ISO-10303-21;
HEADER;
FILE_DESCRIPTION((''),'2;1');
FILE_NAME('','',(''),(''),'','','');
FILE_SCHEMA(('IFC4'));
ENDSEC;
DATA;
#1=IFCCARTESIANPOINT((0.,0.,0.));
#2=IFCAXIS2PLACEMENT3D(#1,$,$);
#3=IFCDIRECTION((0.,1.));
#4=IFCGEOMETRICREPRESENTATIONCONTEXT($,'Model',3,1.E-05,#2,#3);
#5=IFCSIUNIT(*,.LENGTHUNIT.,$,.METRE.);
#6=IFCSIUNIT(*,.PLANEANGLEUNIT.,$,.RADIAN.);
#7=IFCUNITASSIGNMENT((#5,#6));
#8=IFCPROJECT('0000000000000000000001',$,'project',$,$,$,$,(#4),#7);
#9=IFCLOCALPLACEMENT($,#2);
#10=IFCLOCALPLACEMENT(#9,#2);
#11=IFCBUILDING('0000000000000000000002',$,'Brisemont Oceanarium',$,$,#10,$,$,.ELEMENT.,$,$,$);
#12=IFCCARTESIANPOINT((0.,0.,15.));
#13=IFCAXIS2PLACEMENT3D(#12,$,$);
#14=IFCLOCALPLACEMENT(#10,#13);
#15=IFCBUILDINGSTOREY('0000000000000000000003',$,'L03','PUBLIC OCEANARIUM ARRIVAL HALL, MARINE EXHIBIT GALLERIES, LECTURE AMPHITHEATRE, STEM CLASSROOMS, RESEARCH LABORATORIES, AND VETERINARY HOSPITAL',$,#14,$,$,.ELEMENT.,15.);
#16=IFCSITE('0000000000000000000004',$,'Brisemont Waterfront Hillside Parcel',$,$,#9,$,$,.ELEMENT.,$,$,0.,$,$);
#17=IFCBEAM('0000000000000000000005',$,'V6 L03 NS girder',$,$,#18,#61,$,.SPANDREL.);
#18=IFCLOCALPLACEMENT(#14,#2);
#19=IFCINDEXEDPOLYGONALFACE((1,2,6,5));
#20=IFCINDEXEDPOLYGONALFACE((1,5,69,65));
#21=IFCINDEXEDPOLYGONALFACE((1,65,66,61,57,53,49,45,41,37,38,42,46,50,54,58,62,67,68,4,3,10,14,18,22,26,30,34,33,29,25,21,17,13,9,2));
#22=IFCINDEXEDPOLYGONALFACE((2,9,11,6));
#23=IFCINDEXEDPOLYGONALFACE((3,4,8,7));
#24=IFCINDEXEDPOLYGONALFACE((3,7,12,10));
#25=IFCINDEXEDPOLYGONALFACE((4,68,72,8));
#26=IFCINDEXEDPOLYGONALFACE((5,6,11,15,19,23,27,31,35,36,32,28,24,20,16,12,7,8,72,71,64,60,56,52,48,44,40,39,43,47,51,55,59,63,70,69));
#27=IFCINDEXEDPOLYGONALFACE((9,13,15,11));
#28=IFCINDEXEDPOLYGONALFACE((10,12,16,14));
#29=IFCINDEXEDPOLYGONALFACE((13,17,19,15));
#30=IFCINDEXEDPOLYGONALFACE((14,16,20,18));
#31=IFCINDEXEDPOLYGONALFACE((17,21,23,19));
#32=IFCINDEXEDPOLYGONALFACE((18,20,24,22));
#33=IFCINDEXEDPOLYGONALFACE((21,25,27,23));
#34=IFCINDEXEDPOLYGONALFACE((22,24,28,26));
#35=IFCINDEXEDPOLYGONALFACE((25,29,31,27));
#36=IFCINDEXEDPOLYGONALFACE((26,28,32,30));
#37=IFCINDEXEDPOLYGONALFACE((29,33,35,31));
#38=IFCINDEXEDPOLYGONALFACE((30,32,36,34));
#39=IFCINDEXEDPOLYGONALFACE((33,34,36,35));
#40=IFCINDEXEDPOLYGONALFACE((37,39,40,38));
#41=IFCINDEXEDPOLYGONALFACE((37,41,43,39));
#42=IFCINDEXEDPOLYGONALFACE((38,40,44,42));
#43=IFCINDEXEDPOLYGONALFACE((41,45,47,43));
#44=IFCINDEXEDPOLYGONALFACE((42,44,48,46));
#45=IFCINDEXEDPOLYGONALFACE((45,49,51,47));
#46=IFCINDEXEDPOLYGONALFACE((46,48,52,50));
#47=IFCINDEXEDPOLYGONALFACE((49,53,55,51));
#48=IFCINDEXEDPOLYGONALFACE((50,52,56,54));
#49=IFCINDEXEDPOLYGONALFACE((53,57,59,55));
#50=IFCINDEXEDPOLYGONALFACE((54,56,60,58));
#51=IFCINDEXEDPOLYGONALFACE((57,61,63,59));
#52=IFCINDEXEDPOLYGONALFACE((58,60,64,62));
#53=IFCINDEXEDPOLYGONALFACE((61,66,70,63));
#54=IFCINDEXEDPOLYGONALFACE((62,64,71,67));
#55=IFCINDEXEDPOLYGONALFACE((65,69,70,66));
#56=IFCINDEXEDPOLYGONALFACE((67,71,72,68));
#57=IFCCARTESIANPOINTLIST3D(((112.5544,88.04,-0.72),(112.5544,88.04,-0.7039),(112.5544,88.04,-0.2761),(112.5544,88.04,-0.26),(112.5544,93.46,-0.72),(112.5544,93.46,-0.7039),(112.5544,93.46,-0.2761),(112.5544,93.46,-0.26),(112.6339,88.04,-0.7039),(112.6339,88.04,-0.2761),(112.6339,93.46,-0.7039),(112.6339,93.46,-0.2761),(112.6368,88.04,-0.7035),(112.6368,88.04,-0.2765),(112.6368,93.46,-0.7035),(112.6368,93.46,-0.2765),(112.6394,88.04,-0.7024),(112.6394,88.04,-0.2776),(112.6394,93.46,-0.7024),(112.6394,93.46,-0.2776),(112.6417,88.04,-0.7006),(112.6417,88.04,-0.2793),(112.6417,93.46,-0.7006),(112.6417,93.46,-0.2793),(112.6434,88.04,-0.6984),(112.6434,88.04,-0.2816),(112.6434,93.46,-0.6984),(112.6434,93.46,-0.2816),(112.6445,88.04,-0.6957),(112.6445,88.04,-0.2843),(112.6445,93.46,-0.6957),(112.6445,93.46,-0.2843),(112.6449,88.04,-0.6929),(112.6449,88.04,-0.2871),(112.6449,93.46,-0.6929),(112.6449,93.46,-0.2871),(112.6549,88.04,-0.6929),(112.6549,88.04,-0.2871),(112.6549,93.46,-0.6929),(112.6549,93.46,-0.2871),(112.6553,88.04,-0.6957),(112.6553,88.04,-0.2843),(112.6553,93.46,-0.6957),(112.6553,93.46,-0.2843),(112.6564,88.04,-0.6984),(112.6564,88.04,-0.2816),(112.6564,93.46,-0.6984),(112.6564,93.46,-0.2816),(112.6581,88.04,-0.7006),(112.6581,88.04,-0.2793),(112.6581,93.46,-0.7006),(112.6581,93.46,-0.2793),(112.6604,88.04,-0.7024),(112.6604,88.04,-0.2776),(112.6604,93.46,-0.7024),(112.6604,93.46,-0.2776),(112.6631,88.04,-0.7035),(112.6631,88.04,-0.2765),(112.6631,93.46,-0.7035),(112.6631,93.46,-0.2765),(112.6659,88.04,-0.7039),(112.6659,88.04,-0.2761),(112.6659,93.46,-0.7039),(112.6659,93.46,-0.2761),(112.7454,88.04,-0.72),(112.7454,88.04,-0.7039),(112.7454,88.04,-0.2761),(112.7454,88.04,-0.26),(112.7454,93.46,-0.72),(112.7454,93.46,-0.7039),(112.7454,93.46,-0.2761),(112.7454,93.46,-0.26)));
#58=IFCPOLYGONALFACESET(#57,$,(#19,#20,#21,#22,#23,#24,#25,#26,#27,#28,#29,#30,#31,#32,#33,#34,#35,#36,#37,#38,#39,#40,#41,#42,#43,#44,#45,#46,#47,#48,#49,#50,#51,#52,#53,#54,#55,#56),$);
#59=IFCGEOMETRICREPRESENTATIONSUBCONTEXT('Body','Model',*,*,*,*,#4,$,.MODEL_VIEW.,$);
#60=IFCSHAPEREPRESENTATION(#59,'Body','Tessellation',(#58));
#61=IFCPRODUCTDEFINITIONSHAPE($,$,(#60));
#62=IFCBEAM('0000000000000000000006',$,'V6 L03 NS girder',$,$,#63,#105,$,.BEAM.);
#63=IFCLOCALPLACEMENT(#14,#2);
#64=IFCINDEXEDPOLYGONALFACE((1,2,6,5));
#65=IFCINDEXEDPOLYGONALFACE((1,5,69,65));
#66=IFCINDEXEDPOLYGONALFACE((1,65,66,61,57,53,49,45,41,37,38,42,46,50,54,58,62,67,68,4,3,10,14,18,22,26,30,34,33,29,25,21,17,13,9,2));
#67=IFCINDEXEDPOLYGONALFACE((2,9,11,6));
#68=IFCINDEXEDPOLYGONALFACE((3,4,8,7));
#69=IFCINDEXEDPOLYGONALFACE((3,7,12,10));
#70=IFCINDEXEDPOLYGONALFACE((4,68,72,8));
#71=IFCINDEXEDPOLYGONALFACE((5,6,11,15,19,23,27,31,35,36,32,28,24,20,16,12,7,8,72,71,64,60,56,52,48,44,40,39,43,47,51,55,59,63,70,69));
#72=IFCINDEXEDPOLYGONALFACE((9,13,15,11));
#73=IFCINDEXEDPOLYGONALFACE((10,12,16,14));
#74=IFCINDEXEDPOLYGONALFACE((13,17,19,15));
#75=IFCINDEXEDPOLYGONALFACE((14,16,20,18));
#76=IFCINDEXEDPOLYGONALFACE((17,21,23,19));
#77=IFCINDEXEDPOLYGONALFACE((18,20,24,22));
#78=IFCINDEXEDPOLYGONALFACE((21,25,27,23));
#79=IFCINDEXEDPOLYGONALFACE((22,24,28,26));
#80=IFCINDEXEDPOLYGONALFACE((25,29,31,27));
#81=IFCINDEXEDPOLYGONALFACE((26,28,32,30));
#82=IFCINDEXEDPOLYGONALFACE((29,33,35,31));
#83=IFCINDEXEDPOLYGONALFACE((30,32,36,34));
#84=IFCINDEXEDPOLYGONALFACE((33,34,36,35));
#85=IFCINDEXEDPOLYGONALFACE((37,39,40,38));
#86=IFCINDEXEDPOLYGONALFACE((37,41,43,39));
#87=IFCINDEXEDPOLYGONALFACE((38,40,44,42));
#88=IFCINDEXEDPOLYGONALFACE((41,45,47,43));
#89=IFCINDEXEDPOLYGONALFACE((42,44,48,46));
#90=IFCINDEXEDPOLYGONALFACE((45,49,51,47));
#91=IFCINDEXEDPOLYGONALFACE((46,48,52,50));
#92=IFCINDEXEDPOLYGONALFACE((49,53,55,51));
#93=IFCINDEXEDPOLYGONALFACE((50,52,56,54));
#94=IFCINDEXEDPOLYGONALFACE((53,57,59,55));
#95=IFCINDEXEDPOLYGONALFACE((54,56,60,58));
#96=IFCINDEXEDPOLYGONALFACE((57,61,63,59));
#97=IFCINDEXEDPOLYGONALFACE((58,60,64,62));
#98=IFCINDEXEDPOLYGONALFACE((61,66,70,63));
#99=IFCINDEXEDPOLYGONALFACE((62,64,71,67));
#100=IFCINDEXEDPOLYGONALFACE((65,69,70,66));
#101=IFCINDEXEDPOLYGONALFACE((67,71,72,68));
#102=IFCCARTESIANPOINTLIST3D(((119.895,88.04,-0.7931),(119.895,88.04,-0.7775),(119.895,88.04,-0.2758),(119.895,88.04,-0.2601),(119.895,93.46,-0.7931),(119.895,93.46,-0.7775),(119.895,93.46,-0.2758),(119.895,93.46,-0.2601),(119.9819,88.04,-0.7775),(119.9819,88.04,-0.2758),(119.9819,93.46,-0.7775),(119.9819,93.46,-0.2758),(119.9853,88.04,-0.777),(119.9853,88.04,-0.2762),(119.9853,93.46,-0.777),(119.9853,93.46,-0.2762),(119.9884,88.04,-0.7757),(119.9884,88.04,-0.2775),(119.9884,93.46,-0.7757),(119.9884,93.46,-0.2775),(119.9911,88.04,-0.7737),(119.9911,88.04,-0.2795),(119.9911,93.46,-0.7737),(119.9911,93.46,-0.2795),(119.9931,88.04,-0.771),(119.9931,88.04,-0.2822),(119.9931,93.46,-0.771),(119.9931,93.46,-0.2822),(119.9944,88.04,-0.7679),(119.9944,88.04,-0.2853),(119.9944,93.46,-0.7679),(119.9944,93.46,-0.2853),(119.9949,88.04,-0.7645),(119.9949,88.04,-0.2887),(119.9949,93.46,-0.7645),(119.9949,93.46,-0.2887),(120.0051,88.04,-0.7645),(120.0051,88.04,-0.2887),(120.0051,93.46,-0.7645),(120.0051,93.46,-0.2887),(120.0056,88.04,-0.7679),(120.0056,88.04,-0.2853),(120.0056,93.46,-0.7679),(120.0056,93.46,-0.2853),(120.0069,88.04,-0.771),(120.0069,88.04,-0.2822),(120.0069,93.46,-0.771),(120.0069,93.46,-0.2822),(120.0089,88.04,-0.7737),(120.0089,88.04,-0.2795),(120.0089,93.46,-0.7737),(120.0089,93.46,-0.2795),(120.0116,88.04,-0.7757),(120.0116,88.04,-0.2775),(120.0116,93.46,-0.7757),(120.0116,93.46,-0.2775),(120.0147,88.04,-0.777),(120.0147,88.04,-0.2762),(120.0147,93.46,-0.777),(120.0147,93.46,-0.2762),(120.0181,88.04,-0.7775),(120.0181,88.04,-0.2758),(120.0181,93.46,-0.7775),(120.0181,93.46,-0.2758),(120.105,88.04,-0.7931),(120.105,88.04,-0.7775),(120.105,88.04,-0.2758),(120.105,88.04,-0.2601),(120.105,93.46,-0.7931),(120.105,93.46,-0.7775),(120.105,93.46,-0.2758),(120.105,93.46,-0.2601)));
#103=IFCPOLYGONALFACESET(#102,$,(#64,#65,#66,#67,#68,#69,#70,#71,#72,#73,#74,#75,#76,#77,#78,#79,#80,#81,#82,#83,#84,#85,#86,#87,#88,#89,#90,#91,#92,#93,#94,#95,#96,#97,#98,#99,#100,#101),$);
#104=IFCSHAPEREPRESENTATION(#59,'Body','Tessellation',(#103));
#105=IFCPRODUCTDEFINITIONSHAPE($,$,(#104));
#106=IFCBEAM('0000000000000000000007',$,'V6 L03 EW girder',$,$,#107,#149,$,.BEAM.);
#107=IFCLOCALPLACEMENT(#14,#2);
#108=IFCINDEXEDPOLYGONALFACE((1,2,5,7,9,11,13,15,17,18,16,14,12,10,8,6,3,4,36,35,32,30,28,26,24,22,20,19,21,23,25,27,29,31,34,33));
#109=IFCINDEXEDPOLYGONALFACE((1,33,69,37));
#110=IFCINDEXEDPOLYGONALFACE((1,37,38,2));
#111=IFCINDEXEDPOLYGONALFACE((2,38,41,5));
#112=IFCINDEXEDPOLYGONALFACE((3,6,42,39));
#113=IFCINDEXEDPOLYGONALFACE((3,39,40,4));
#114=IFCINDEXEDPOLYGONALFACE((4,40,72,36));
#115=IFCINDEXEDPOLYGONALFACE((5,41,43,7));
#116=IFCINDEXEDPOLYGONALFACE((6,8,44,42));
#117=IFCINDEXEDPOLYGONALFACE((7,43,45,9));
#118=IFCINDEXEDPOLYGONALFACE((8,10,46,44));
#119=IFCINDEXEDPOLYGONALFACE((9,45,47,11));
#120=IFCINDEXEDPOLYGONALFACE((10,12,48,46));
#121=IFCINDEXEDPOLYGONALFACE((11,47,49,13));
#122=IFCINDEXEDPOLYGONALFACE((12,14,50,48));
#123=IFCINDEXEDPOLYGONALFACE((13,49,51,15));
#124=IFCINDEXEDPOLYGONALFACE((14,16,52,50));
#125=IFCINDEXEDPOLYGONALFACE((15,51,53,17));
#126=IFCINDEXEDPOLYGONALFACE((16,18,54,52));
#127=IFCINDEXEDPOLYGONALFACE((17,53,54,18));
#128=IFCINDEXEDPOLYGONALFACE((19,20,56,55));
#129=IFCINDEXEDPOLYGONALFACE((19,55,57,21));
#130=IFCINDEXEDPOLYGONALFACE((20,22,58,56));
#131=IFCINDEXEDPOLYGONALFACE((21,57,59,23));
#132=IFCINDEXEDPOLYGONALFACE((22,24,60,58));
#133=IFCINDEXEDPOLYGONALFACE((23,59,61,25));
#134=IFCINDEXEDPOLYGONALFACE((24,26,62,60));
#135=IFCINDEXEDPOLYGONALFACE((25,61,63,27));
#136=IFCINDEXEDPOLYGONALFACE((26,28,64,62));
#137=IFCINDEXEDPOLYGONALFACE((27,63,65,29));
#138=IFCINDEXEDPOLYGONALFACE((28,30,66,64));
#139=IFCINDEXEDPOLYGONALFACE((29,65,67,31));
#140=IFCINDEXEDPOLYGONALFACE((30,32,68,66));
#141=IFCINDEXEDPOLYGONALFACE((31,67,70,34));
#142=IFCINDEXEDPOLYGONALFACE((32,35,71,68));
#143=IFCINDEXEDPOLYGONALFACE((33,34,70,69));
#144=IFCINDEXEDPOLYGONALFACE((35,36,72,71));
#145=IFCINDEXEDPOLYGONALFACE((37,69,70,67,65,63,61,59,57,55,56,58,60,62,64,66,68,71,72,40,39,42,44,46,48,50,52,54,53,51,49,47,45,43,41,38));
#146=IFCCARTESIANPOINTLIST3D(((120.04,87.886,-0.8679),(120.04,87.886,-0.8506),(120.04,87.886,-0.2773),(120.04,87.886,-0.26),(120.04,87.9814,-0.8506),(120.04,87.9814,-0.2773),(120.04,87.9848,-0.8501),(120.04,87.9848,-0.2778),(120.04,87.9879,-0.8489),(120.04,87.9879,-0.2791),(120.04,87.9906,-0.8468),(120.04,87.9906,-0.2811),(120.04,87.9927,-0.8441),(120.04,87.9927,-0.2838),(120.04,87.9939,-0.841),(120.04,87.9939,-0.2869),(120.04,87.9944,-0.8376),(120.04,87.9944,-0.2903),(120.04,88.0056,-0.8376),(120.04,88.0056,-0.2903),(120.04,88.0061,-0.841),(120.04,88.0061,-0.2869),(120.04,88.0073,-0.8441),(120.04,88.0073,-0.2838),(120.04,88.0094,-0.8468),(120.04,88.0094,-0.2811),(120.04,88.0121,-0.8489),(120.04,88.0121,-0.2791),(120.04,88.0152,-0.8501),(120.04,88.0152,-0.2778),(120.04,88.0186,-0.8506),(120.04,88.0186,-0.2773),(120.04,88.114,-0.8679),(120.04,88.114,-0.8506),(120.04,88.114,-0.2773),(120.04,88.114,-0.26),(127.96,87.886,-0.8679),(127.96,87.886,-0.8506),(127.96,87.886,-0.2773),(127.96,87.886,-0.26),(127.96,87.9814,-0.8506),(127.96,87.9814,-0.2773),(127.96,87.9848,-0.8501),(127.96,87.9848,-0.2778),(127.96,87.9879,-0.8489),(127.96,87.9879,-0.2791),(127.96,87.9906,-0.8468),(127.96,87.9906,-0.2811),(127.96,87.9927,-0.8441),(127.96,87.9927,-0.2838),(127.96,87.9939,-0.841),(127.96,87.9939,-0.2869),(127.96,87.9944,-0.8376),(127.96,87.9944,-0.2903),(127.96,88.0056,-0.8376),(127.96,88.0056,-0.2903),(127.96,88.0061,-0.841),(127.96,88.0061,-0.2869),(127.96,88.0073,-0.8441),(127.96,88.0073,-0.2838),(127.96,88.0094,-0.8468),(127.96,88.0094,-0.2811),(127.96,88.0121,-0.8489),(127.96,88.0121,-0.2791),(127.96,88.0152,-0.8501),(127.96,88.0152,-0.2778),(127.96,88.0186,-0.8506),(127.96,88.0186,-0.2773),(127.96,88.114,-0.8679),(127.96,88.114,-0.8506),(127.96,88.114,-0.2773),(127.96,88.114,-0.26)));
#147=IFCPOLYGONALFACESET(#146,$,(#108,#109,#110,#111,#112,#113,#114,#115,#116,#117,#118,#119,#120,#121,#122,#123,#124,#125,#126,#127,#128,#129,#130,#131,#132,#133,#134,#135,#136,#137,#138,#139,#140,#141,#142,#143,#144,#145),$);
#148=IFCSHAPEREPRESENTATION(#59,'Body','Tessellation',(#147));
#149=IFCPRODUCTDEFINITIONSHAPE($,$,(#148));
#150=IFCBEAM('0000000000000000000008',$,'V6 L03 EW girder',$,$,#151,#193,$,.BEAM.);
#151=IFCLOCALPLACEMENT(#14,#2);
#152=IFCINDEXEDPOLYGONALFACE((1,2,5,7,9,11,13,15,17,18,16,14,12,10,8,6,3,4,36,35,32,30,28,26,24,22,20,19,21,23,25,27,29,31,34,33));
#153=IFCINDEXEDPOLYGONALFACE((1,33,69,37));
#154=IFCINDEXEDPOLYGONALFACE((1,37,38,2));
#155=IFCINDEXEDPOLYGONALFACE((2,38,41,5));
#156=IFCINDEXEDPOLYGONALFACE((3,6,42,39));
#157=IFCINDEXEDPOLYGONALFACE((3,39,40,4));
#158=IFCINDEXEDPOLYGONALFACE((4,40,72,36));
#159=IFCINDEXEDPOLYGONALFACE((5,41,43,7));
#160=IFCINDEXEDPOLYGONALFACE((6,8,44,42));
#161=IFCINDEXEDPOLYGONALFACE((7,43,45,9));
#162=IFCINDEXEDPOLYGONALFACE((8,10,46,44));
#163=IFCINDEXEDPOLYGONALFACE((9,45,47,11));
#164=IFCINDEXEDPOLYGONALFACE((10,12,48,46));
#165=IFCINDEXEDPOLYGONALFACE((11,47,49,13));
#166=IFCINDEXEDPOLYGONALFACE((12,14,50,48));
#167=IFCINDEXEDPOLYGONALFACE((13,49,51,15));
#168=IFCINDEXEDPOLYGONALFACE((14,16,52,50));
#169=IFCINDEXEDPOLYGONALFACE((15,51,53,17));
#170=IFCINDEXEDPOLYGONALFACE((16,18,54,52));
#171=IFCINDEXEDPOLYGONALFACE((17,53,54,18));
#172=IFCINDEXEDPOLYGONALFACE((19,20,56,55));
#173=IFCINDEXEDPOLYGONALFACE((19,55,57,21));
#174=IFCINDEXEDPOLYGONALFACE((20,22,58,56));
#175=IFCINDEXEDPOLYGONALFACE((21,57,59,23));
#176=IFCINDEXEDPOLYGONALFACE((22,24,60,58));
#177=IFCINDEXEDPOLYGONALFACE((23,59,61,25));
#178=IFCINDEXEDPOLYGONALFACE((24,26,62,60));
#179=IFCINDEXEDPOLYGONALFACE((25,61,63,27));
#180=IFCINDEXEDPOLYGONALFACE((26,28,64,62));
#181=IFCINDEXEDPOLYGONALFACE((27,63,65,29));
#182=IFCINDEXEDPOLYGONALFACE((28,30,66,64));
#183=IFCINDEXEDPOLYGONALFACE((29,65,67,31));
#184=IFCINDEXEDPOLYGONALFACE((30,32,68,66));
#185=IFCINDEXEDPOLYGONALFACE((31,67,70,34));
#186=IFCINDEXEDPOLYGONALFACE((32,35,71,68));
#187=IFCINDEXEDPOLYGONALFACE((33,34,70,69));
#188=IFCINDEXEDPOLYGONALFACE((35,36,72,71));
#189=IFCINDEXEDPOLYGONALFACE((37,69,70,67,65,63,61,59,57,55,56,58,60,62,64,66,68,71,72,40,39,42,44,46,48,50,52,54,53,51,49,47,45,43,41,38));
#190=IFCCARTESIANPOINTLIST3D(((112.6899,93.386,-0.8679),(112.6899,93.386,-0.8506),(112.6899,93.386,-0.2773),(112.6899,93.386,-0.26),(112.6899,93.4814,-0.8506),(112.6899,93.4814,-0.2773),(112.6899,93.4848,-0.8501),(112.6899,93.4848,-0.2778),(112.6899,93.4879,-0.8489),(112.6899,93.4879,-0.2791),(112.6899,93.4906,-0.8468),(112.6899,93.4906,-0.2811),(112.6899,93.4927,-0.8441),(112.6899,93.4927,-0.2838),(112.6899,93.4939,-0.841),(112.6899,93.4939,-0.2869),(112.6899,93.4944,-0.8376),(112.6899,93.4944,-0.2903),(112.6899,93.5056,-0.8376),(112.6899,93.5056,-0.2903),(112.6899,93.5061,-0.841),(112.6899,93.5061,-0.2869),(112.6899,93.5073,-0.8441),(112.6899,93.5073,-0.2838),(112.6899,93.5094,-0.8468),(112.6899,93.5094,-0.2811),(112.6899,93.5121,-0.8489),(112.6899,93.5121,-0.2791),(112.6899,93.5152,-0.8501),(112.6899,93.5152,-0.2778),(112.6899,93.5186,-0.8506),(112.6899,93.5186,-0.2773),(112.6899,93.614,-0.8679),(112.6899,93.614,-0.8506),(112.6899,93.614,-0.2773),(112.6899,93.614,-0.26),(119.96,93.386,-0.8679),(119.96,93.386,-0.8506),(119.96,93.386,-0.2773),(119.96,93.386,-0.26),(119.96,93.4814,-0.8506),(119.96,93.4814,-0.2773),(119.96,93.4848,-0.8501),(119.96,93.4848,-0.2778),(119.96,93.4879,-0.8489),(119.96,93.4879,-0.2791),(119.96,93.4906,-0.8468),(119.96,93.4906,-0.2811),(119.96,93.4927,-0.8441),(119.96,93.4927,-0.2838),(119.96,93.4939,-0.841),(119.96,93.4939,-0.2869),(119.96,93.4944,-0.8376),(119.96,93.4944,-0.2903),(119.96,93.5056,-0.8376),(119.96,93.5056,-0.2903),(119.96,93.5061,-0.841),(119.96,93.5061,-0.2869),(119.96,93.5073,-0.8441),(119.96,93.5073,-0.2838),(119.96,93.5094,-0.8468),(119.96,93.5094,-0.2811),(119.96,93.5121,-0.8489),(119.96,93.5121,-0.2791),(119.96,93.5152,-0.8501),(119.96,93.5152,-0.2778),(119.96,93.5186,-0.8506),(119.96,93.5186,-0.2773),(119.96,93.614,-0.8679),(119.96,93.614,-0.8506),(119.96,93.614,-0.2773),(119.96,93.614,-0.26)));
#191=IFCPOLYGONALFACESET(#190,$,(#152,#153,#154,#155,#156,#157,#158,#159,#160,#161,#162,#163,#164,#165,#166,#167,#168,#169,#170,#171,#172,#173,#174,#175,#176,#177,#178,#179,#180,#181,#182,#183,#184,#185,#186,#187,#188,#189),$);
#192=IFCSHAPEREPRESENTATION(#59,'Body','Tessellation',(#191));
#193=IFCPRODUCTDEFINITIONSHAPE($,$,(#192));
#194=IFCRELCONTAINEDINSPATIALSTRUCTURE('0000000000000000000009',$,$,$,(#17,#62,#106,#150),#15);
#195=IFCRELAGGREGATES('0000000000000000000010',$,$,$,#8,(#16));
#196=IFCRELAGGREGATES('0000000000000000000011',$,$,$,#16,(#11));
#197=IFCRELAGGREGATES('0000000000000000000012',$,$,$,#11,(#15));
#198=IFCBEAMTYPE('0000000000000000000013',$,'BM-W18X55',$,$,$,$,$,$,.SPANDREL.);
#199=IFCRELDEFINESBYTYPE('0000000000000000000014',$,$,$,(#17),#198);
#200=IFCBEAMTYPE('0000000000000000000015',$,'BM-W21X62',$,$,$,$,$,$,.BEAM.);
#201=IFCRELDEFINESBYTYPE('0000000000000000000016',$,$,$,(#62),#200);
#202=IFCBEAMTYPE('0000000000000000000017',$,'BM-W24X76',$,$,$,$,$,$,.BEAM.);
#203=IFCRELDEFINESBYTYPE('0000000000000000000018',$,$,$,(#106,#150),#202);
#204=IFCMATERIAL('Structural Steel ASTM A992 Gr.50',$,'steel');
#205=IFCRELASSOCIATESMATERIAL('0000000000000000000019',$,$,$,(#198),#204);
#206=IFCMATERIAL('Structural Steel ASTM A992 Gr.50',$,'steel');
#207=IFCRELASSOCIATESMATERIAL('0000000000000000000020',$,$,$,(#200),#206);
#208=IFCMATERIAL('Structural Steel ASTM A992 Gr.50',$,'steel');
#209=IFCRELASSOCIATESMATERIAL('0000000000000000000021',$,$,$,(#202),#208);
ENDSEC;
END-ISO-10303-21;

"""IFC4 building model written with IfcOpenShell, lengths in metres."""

from ifc_helpers import new_model, si_unit, direction, frame, origin, origin_2d, place, context, subcontext, project, spatial, i_section, extrude, material, material_profile, profile_set, type_object, element, save


model = new_model("IFC4")

# Units and contexts
model_context = context("Model", 3, precision=1e-05, world=origin(), true_north=direction((0.0, 1.0)))
body_context = subcontext(model_context, "Body", "Model", "MODEL_VIEW")
ifc_project = project(units=[si_unit("LENGTHUNIT", "METRE"), si_unit("PLANEANGLEUNIT", "RADIAN")], contexts=[model_context])

# Site, building, storey
site_placement = place(None, origin())
site = spatial("IfcSite", under=ifc_project, at=site_placement, Name="Brisemont Waterfront Hillside Parcel", CompositionType="ELEMENT", RefElevation=0.0)
building_placement = place(site_placement, origin())
building = spatial("IfcBuilding", under=site, at=building_placement, Name="Brisemont Oceanarium", CompositionType="ELEMENT")
storey_placement = place(building_placement, frame((0.0, 0.0, 15.0)))
storey = spatial("IfcBuildingStorey", under=building, at=storey_placement, Name="L03", Description="PUBLIC OCEANARIUM ARRIVAL HALL, MARINE EXHIBIT GALLERIES, LECTURE AMPHITHEATRE, STEM CLASSROOMS, RESEARCH LABORATORIES, AND VETERINARY HOSPITAL", CompositionType="ELEMENT", Elevation=15.0)

# Beams
ifc_material_1 = material(Name="Structural Steel ASTM A992 Gr.50", Category="steel")
ifc_material_profile_1 = material_profile(ifc_material_1, i_section(OverallWidth=0.1909, OverallDepth=0.46, WebThickness=0.01, FlangeThickness=0.0161, FilletRadius=0.011, at=origin_2d()), Name="W18X55")
ifc_profile_set_1 = profile_set([ifc_material_profile_1], Name="Structural Steel ASTM A992 Gr.50")
beam_type_1 = type_object("IfcBeamType", Name="BM-W18X55", PredefinedType="SPANDREL", material=ifc_profile_set_1)
beam_1_placement = place(storey_placement, frame((112.6499, 88.04, -0.49), z_axis=(0.0, 1.0, 0.0), x_axis=(-1.0, 0.0, 0.0)))
element("IfcBeam", 1, at=beam_1_placement, inside=storey, type_object=beam_type_1, Name="V6 L03 NS girder", PredefinedType="SPANDREL", context=body_context, shape_type="SweptSolid", body=[
    extrude(i_section(OverallWidth=0.1909, OverallDepth=0.46, WebThickness=0.01, FlangeThickness=0.0161, FilletRadius=0.011, at=origin_2d()), origin(), (0.0, 0.0, 1.0), 5.4199),
])
ifc_material_2 = material(Name="Structural Steel ASTM A992 Gr.50", Category="steel")
ifc_material_profile_2 = material_profile(ifc_material_2, i_section(OverallWidth=0.21, OverallDepth=0.533, WebThickness=0.0103, FlangeThickness=0.0156, FilletRadius=0.0129, at=origin_2d()), Name="W21X62")
ifc_profile_set_2 = profile_set([ifc_material_profile_2], Name="Structural Steel ASTM A992 Gr.50")
beam_type_2 = type_object("IfcBeamType", Name="BM-W21X62", PredefinedType="BEAM", material=ifc_profile_set_2)
beam_2_placement = place(storey_placement, frame((120.0, 88.04, -0.5266), z_axis=(0.0, 1.0, 0.0), x_axis=(-1.0, 0.0, 0.0)))
element("IfcBeam", 2, at=beam_2_placement, inside=storey, type_object=beam_type_2, Name="V6 L03 NS girder", PredefinedType="BEAM", context=body_context, shape_type="SweptSolid", body=[
    extrude(i_section(OverallWidth=0.21, OverallDepth=0.533, WebThickness=0.0103, FlangeThickness=0.0156, FilletRadius=0.0129, at=origin_2d()), origin(), (0.0, 0.0, 1.0), 5.4199),
])
ifc_material_3 = material(Name="Structural Steel ASTM A992 Gr.50", Category="steel")
ifc_material_profile_3 = material_profile(ifc_material_3, i_section(OverallWidth=0.228, OverallDepth=0.6079, WebThickness=0.0112, FlangeThickness=0.0173, FilletRadius=0.0129, at=origin_2d()), Name="W24X76")
ifc_profile_set_3 = profile_set([ifc_material_profile_3], Name="Structural Steel ASTM A992 Gr.50")
beam_type_3 = type_object("IfcBeamType", Name="BM-W24X76", PredefinedType="BEAM", material=ifc_profile_set_3)
beam_3_placement = place(storey_placement, frame((120.04, 88.0, -0.564), z_axis=(1.0, 0.0, 0.0), x_axis=(0.0, 1.0, 0.0)))
element("IfcBeam", 3, at=beam_3_placement, inside=storey, type_object=beam_type_3, Name="V6 L03 EW girder", PredefinedType="BEAM", context=body_context, shape_type="SweptSolid", body=[
    extrude(i_section(OverallWidth=0.228, OverallDepth=0.6079, WebThickness=0.0112, FlangeThickness=0.0173, FilletRadius=0.0129, at=origin_2d()), origin(), (0.0, 0.0, 1.0), 7.9199),
])
beam_4_placement = place(storey_placement, frame((112.6899, 93.5, -0.564), z_axis=(1.0, 0.0, 0.0), x_axis=(0.0, 1.0, 0.0)))
element("IfcBeam", 4, at=beam_4_placement, inside=storey, type_object=beam_type_3, Name="V6 L03 EW girder", PredefinedType="BEAM", context=body_context, shape_type="SweptSolid", body=[
    extrude(i_section(OverallWidth=0.228, OverallDepth=0.6079, WebThickness=0.0112, FlangeThickness=0.0173, FilletRadius=0.0129, at=origin_2d()), origin(), (0.0, 0.0, 1.0), 7.27),
])

save(model, "model.ifc")
